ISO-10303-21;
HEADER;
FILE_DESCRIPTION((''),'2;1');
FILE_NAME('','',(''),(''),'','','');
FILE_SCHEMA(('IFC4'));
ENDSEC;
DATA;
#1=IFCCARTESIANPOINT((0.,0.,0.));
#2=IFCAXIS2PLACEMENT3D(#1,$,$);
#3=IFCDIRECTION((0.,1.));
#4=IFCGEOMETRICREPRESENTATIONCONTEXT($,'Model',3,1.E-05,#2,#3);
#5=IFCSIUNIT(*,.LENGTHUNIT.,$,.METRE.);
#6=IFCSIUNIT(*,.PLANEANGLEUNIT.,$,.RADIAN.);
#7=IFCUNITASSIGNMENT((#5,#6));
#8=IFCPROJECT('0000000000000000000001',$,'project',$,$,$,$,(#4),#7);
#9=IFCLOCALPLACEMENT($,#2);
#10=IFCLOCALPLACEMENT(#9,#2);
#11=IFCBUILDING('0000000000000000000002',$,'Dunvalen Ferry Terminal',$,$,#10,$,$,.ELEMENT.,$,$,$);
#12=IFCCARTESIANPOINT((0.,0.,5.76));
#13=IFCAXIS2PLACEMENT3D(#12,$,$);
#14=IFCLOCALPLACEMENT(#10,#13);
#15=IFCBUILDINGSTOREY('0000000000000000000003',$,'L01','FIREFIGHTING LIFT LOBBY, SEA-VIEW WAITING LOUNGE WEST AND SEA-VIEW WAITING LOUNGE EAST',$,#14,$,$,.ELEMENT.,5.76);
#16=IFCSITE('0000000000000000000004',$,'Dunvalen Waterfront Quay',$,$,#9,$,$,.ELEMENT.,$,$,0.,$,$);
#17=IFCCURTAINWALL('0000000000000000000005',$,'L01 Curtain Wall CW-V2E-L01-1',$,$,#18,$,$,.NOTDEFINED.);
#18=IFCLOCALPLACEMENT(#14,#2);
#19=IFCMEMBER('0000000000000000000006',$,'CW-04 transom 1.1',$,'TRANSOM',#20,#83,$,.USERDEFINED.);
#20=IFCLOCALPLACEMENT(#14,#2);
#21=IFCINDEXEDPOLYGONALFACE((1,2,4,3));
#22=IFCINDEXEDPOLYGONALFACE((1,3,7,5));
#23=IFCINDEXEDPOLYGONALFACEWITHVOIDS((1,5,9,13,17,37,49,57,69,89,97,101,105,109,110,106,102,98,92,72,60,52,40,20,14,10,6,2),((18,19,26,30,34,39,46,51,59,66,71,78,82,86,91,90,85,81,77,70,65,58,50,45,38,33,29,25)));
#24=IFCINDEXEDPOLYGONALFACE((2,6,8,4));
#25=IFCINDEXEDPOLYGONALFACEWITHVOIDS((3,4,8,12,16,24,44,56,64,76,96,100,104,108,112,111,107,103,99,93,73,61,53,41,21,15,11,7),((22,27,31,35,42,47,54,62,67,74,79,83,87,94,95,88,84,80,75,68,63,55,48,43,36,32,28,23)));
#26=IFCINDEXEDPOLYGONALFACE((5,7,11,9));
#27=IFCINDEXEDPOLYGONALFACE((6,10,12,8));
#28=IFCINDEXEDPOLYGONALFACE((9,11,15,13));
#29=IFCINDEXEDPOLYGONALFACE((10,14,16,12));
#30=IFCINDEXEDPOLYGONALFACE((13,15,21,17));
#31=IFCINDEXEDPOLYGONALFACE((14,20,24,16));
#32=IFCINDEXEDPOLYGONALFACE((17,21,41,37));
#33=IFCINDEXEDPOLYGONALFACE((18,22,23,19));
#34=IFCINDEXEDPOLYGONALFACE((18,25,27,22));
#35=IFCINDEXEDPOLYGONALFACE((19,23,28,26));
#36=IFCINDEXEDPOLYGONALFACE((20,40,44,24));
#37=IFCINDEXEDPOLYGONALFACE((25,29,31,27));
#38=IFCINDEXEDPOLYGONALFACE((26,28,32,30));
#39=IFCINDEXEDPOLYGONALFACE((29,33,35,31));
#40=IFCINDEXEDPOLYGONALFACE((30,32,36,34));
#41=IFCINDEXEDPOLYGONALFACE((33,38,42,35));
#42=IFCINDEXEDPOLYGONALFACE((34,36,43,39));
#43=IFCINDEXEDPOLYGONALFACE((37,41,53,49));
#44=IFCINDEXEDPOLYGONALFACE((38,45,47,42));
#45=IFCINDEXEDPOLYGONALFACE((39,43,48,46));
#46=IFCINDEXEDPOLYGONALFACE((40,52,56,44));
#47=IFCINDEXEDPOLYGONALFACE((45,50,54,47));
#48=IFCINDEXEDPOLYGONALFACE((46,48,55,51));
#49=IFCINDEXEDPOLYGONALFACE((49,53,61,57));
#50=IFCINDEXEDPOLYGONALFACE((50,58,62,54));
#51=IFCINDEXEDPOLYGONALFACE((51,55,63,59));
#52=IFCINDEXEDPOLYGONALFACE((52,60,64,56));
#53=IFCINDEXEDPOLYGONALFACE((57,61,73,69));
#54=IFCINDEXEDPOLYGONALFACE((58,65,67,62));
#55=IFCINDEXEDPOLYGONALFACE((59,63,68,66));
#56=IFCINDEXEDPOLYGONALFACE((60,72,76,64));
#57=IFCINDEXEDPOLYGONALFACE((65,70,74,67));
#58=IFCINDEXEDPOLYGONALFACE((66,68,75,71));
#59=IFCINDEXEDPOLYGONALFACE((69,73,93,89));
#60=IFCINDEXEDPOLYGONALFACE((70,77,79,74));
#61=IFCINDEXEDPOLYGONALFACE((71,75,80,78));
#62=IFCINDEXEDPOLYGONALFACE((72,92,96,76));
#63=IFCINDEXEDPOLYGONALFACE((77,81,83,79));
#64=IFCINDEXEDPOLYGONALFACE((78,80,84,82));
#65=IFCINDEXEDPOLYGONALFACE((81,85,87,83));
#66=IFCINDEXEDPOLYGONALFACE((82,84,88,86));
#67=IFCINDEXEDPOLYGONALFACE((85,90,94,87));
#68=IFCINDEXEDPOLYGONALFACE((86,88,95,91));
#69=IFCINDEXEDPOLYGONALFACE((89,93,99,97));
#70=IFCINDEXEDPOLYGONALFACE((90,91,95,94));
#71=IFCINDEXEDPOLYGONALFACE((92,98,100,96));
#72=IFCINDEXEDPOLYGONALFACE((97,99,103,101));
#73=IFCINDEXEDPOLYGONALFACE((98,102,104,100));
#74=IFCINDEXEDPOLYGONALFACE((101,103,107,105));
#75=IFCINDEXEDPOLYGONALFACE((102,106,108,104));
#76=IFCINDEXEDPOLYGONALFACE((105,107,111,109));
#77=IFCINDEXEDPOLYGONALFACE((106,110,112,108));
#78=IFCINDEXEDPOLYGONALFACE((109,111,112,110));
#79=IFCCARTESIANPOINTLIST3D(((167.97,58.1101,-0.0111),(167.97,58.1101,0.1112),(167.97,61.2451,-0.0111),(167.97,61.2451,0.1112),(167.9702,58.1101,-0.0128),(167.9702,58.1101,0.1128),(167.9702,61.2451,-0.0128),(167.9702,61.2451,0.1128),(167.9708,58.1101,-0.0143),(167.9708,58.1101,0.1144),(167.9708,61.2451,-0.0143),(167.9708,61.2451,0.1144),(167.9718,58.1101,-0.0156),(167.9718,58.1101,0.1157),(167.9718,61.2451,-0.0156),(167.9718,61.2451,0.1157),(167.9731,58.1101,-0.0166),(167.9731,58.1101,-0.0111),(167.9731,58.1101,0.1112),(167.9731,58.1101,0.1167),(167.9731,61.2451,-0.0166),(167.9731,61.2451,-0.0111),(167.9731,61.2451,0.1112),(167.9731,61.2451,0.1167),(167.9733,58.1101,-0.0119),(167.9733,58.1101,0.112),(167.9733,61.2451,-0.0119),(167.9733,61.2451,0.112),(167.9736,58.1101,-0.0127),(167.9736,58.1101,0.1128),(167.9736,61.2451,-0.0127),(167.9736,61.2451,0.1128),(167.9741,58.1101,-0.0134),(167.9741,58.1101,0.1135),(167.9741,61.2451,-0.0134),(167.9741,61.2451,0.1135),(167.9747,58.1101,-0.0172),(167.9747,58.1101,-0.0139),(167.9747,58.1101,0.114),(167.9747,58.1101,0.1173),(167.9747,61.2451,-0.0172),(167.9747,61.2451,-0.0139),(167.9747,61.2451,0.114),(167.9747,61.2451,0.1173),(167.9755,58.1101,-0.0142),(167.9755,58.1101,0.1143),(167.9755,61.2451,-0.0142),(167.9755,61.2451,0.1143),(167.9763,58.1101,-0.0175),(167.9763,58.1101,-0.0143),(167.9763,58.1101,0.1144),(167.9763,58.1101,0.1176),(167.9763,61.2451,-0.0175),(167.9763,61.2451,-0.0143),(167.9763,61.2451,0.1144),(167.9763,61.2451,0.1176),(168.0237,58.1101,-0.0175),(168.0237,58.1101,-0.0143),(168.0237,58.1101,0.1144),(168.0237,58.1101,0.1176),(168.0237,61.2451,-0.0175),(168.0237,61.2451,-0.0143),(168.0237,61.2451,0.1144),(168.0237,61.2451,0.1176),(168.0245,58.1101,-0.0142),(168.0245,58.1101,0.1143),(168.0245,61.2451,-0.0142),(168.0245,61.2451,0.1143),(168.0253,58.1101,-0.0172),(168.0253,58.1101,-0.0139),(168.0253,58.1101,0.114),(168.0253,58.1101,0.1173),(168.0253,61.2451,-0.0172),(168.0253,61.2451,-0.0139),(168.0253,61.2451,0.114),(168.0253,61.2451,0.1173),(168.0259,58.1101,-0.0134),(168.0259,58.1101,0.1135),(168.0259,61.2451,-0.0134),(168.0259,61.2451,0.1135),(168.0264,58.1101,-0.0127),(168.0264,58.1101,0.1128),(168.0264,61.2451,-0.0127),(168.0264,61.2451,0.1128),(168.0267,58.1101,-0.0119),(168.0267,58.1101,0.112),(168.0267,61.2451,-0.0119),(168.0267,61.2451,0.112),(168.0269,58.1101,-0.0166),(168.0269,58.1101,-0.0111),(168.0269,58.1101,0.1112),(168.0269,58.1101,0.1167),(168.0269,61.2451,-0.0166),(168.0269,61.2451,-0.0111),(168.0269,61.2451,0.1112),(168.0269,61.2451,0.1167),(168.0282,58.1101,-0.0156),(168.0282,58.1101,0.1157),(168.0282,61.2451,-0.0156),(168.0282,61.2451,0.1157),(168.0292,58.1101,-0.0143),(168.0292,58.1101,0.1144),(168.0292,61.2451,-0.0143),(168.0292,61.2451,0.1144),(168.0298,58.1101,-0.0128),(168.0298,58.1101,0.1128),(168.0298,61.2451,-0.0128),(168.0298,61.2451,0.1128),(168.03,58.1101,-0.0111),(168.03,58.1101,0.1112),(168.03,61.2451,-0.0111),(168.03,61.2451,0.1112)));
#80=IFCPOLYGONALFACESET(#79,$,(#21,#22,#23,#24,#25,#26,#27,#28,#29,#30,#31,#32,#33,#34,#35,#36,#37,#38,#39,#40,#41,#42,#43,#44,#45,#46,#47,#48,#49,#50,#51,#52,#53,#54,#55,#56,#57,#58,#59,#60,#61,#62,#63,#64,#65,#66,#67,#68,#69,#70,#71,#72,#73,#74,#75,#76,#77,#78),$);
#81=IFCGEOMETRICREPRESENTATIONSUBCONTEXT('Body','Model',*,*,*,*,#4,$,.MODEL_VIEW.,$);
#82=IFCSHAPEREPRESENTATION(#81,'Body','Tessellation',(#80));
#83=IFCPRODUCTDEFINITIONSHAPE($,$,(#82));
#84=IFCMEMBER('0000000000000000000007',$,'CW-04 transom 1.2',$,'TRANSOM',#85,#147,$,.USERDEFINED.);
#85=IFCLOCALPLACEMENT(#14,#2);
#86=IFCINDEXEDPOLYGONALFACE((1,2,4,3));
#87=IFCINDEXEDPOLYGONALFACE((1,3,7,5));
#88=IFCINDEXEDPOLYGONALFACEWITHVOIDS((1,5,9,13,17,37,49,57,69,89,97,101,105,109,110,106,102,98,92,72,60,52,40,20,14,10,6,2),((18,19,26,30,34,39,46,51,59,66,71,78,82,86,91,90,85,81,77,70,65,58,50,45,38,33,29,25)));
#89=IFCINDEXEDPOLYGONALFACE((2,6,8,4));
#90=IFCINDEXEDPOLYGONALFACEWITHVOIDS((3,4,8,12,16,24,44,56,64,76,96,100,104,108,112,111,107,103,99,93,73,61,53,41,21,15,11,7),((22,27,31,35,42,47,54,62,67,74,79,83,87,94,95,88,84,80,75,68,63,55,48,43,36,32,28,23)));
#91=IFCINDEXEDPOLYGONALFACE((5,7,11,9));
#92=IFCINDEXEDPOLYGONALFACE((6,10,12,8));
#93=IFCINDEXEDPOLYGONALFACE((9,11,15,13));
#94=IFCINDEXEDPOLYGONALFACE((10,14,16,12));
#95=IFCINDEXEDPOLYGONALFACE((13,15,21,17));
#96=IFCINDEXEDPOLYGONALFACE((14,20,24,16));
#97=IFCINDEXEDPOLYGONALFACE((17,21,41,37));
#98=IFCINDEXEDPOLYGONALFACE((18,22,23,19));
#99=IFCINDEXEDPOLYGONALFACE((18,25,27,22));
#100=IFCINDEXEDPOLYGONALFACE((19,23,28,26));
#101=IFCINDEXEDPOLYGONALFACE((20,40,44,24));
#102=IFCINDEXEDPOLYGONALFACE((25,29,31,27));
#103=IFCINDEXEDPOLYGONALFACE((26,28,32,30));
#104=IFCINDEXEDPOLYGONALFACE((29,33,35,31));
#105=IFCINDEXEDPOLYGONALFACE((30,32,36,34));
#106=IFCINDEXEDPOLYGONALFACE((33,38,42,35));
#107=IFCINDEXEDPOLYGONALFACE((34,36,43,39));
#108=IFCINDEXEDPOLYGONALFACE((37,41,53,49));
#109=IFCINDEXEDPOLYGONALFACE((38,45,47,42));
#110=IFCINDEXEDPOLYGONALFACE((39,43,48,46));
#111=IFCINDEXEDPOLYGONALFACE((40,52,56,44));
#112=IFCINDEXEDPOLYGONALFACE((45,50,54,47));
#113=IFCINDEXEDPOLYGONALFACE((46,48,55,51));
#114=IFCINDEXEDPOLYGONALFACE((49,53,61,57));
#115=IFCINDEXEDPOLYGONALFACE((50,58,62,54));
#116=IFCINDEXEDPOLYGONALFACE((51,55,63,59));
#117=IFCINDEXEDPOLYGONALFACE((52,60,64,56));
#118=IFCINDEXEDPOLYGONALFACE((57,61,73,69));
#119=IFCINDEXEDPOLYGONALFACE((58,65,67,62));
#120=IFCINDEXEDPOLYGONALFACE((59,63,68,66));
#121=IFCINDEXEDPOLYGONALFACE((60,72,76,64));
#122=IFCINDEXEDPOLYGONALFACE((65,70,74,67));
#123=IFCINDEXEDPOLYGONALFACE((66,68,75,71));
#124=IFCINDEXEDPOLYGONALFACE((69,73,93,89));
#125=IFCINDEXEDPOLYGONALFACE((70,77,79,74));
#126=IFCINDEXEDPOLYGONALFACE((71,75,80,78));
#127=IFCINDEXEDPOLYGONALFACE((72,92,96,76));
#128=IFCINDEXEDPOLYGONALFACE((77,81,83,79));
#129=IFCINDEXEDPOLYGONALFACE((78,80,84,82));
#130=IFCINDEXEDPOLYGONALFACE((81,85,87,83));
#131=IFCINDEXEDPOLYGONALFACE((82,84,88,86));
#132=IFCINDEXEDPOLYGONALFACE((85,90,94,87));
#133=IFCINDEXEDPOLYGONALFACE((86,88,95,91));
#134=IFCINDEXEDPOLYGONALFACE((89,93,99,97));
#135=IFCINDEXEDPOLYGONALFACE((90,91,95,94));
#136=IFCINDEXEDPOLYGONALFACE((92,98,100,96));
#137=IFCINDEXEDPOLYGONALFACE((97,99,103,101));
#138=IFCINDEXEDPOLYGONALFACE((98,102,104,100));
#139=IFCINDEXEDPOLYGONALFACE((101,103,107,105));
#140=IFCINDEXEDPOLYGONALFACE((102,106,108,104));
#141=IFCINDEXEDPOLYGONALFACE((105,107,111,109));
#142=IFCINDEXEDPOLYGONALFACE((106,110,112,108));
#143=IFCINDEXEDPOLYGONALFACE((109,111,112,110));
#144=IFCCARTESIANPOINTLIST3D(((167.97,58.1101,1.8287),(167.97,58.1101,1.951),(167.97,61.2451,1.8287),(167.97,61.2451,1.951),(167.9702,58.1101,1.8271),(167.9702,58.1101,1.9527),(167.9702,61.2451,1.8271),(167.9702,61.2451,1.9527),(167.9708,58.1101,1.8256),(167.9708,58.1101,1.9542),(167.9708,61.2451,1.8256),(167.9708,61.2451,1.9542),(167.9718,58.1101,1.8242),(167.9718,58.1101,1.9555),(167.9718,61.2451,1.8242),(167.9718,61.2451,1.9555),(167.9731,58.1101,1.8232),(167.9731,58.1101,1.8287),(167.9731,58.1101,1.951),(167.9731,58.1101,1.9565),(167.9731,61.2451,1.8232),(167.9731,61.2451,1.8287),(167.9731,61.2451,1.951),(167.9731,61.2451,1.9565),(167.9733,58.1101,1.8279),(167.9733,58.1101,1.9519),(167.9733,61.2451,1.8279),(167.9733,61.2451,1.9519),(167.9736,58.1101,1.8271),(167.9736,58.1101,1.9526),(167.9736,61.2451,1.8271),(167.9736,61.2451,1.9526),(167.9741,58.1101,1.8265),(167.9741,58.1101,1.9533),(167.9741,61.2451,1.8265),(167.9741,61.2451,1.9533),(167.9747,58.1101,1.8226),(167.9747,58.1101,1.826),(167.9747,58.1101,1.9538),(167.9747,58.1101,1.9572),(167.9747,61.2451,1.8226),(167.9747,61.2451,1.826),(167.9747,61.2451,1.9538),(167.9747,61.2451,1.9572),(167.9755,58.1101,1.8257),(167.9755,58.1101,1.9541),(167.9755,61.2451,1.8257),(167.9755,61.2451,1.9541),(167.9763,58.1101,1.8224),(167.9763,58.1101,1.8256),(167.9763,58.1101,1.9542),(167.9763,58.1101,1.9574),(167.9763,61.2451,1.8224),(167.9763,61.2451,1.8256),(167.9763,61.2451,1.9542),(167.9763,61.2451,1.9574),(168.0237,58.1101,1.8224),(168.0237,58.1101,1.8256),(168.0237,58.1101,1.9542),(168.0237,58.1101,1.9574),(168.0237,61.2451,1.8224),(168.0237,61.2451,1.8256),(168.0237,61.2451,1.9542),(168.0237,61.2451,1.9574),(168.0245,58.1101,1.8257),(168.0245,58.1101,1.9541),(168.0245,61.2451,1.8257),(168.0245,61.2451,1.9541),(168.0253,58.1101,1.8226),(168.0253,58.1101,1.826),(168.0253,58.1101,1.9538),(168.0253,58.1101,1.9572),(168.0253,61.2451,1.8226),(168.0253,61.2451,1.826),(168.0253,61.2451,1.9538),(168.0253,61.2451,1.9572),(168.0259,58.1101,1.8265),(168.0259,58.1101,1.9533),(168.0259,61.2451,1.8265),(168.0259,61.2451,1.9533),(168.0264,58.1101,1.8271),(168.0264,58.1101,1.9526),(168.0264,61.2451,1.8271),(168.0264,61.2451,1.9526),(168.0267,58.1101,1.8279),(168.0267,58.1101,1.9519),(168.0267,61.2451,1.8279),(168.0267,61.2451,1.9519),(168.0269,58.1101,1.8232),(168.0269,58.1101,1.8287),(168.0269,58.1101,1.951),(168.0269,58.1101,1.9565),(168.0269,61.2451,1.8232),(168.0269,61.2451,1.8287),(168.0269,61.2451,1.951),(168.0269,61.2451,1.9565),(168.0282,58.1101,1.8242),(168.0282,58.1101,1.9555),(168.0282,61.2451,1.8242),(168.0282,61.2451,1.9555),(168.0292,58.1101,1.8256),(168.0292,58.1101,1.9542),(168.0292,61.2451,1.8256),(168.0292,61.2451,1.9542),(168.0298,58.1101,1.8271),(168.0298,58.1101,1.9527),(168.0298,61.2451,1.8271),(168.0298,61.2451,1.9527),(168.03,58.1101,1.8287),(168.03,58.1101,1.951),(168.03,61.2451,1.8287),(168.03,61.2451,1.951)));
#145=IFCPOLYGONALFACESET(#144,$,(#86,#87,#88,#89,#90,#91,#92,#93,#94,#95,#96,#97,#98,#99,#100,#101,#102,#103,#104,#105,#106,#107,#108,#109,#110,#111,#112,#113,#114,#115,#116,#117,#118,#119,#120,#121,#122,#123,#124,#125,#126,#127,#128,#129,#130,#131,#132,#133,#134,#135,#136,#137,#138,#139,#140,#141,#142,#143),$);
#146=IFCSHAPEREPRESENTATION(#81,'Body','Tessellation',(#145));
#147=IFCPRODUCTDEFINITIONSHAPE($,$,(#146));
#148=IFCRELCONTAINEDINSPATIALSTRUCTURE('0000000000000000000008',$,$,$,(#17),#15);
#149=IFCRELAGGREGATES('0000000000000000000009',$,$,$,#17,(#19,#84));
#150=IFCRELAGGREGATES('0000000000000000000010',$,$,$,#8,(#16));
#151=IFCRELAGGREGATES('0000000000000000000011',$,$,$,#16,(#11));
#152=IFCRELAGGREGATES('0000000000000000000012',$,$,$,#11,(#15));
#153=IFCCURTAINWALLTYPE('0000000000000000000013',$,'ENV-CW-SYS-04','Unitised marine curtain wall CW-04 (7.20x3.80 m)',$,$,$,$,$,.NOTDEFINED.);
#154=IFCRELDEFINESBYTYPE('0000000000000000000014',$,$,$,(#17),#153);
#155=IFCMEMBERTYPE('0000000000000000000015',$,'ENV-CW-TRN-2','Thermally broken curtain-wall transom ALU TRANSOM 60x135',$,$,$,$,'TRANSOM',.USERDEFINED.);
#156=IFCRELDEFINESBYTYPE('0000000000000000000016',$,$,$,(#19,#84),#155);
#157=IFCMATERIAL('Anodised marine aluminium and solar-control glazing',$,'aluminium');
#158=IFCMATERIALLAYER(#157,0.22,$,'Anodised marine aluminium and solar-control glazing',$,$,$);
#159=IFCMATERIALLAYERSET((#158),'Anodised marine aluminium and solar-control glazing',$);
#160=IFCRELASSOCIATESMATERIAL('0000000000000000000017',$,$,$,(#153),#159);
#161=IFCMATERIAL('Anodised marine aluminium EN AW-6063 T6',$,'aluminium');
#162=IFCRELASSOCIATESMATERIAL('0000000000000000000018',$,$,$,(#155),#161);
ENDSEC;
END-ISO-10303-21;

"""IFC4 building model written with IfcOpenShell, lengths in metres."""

from ifc_helpers import new_model, si_unit, direction, frame, origin, origin_2d, place, context, subcontext, project, spatial, hollow_rectangle, extrude, material, layer, layer_set, material_profile, profile_set, type_object, element, aggregate, save


model = new_model("IFC4")

# Units and contexts
model_context = context("Model", 3, precision=1e-05, world=origin(), true_north=direction((0.0, 1.0)))
body_context = subcontext(model_context, "Body", "Model", "MODEL_VIEW")
ifc_project = project(units=[si_unit("LENGTHUNIT", "METRE"), si_unit("PLANEANGLEUNIT", "RADIAN")], contexts=[model_context])

# Site, building, storey
site_placement = place(None, origin())
site = spatial("IfcSite", under=ifc_project, at=site_placement, Name="Dunvalen Waterfront Quay", CompositionType="ELEMENT", RefElevation=0.0)
building_placement = place(site_placement, origin())
building = spatial("IfcBuilding", under=site, at=building_placement, Name="Dunvalen Ferry Terminal", CompositionType="ELEMENT")
storey_placement = place(building_placement, frame((0.0, 0.0, 5.76)))
storey = spatial("IfcBuildingStorey", under=building, at=storey_placement, Name="L01", Description="FIREFIGHTING LIFT LOBBY, SEA-VIEW WAITING LOUNGE WEST AND SEA-VIEW WAITING LOUNGE EAST", CompositionType="ELEMENT", Elevation=5.76)

# Curtain wall
ifc_material_1 = material(Name="Anodised marine aluminium and solar-control glazing", Category="aluminium")
ifc_layer_1 = layer(ifc_material_1, 0.22, Name="Anodised marine aluminium and solar-control glazing")
ifc_layer_set_1 = layer_set([ifc_layer_1], Name="Anodised marine aluminium and solar-control glazing")
curtain_wall_type = type_object("IfcCurtainWallType", Name="ENV-CW-SYS-04", Description="Unitised marine curtain wall CW-04 (7.20x3.80 m)", PredefinedType="NOTDEFINED", material=ifc_layer_set_1)
curtain_wall_1_placement = place(storey_placement, origin())
curtain_wall_1 = element("IfcCurtainWall", 1, at=curtain_wall_1_placement, inside=storey, type_object=curtain_wall_type, Name="L01 Curtain Wall CW-V2E-L01-1", PredefinedType="NOTDEFINED")
ifc_material_2 = material(Name="Anodised marine aluminium EN AW-6063 T6", Category="aluminium")

# Members
ifc_material_profile_1 = material_profile(ifc_material_2, hollow_rectangle(XDim=0.0601, YDim=0.135, WallThickness=0.0032, InnerFilletRadius=0.0032, OuterFilletRadius=0.0063, at=origin_2d()), Name="Anodised marine aluminium EN AW-6063 T6")
ifc_profile_set_1 = profile_set([ifc_material_profile_1], Name="Anodised marine aluminium EN AW-6063 T6")
member_type_1 = type_object("IfcMemberType", Name="ENV-CW-TRN-2", Description="Thermally broken curtain-wall transom ALU TRANSOM 60x135", ElementType="TRANSOM", PredefinedType="USERDEFINED", material=ifc_profile_set_1)
member_1_placement = place(storey_placement, frame((168.0, 58.1101, 0.05), z_axis=(0.0, 1.0, 0.0), x_axis=(-1.0, 0.0, 0.0)))
member_1 = element("IfcMember", 2, at=member_1_placement, type_object=member_type_1, Name="CW-04 transom 1.1", ObjectType="TRANSOM", PredefinedType="USERDEFINED", context=body_context, shape_type="SweptSolid", body=[
    extrude(hollow_rectangle(XDim=0.0601, YDim=0.135, WallThickness=0.0032, InnerFilletRadius=0.0032, OuterFilletRadius=0.0063, at=origin_2d()), origin(), (0.0, 0.0, 1.0), 3.135),
])
member_2_placement = place(storey_placement, frame((168.0, 58.1101, 1.8899), z_axis=(0.0, 1.0, 0.0), x_axis=(-1.0, 0.0, 0.0)))
member_2 = element("IfcMember", 3, at=member_2_placement, type_object=member_type_1, Name="CW-04 transom 1.2", ObjectType="TRANSOM", PredefinedType="USERDEFINED", context=body_context, shape_type="SweptSolid", body=[
    extrude(hollow_rectangle(XDim=0.0601, YDim=0.135, WallThickness=0.0032, InnerFilletRadius=0.0032, OuterFilletRadius=0.0063, at=origin_2d()), origin(), (0.0, 0.0, 1.0), 3.135),
])

aggregate(curtain_wall_1, [member_1, member_2])

save(model, "model.ifc")
